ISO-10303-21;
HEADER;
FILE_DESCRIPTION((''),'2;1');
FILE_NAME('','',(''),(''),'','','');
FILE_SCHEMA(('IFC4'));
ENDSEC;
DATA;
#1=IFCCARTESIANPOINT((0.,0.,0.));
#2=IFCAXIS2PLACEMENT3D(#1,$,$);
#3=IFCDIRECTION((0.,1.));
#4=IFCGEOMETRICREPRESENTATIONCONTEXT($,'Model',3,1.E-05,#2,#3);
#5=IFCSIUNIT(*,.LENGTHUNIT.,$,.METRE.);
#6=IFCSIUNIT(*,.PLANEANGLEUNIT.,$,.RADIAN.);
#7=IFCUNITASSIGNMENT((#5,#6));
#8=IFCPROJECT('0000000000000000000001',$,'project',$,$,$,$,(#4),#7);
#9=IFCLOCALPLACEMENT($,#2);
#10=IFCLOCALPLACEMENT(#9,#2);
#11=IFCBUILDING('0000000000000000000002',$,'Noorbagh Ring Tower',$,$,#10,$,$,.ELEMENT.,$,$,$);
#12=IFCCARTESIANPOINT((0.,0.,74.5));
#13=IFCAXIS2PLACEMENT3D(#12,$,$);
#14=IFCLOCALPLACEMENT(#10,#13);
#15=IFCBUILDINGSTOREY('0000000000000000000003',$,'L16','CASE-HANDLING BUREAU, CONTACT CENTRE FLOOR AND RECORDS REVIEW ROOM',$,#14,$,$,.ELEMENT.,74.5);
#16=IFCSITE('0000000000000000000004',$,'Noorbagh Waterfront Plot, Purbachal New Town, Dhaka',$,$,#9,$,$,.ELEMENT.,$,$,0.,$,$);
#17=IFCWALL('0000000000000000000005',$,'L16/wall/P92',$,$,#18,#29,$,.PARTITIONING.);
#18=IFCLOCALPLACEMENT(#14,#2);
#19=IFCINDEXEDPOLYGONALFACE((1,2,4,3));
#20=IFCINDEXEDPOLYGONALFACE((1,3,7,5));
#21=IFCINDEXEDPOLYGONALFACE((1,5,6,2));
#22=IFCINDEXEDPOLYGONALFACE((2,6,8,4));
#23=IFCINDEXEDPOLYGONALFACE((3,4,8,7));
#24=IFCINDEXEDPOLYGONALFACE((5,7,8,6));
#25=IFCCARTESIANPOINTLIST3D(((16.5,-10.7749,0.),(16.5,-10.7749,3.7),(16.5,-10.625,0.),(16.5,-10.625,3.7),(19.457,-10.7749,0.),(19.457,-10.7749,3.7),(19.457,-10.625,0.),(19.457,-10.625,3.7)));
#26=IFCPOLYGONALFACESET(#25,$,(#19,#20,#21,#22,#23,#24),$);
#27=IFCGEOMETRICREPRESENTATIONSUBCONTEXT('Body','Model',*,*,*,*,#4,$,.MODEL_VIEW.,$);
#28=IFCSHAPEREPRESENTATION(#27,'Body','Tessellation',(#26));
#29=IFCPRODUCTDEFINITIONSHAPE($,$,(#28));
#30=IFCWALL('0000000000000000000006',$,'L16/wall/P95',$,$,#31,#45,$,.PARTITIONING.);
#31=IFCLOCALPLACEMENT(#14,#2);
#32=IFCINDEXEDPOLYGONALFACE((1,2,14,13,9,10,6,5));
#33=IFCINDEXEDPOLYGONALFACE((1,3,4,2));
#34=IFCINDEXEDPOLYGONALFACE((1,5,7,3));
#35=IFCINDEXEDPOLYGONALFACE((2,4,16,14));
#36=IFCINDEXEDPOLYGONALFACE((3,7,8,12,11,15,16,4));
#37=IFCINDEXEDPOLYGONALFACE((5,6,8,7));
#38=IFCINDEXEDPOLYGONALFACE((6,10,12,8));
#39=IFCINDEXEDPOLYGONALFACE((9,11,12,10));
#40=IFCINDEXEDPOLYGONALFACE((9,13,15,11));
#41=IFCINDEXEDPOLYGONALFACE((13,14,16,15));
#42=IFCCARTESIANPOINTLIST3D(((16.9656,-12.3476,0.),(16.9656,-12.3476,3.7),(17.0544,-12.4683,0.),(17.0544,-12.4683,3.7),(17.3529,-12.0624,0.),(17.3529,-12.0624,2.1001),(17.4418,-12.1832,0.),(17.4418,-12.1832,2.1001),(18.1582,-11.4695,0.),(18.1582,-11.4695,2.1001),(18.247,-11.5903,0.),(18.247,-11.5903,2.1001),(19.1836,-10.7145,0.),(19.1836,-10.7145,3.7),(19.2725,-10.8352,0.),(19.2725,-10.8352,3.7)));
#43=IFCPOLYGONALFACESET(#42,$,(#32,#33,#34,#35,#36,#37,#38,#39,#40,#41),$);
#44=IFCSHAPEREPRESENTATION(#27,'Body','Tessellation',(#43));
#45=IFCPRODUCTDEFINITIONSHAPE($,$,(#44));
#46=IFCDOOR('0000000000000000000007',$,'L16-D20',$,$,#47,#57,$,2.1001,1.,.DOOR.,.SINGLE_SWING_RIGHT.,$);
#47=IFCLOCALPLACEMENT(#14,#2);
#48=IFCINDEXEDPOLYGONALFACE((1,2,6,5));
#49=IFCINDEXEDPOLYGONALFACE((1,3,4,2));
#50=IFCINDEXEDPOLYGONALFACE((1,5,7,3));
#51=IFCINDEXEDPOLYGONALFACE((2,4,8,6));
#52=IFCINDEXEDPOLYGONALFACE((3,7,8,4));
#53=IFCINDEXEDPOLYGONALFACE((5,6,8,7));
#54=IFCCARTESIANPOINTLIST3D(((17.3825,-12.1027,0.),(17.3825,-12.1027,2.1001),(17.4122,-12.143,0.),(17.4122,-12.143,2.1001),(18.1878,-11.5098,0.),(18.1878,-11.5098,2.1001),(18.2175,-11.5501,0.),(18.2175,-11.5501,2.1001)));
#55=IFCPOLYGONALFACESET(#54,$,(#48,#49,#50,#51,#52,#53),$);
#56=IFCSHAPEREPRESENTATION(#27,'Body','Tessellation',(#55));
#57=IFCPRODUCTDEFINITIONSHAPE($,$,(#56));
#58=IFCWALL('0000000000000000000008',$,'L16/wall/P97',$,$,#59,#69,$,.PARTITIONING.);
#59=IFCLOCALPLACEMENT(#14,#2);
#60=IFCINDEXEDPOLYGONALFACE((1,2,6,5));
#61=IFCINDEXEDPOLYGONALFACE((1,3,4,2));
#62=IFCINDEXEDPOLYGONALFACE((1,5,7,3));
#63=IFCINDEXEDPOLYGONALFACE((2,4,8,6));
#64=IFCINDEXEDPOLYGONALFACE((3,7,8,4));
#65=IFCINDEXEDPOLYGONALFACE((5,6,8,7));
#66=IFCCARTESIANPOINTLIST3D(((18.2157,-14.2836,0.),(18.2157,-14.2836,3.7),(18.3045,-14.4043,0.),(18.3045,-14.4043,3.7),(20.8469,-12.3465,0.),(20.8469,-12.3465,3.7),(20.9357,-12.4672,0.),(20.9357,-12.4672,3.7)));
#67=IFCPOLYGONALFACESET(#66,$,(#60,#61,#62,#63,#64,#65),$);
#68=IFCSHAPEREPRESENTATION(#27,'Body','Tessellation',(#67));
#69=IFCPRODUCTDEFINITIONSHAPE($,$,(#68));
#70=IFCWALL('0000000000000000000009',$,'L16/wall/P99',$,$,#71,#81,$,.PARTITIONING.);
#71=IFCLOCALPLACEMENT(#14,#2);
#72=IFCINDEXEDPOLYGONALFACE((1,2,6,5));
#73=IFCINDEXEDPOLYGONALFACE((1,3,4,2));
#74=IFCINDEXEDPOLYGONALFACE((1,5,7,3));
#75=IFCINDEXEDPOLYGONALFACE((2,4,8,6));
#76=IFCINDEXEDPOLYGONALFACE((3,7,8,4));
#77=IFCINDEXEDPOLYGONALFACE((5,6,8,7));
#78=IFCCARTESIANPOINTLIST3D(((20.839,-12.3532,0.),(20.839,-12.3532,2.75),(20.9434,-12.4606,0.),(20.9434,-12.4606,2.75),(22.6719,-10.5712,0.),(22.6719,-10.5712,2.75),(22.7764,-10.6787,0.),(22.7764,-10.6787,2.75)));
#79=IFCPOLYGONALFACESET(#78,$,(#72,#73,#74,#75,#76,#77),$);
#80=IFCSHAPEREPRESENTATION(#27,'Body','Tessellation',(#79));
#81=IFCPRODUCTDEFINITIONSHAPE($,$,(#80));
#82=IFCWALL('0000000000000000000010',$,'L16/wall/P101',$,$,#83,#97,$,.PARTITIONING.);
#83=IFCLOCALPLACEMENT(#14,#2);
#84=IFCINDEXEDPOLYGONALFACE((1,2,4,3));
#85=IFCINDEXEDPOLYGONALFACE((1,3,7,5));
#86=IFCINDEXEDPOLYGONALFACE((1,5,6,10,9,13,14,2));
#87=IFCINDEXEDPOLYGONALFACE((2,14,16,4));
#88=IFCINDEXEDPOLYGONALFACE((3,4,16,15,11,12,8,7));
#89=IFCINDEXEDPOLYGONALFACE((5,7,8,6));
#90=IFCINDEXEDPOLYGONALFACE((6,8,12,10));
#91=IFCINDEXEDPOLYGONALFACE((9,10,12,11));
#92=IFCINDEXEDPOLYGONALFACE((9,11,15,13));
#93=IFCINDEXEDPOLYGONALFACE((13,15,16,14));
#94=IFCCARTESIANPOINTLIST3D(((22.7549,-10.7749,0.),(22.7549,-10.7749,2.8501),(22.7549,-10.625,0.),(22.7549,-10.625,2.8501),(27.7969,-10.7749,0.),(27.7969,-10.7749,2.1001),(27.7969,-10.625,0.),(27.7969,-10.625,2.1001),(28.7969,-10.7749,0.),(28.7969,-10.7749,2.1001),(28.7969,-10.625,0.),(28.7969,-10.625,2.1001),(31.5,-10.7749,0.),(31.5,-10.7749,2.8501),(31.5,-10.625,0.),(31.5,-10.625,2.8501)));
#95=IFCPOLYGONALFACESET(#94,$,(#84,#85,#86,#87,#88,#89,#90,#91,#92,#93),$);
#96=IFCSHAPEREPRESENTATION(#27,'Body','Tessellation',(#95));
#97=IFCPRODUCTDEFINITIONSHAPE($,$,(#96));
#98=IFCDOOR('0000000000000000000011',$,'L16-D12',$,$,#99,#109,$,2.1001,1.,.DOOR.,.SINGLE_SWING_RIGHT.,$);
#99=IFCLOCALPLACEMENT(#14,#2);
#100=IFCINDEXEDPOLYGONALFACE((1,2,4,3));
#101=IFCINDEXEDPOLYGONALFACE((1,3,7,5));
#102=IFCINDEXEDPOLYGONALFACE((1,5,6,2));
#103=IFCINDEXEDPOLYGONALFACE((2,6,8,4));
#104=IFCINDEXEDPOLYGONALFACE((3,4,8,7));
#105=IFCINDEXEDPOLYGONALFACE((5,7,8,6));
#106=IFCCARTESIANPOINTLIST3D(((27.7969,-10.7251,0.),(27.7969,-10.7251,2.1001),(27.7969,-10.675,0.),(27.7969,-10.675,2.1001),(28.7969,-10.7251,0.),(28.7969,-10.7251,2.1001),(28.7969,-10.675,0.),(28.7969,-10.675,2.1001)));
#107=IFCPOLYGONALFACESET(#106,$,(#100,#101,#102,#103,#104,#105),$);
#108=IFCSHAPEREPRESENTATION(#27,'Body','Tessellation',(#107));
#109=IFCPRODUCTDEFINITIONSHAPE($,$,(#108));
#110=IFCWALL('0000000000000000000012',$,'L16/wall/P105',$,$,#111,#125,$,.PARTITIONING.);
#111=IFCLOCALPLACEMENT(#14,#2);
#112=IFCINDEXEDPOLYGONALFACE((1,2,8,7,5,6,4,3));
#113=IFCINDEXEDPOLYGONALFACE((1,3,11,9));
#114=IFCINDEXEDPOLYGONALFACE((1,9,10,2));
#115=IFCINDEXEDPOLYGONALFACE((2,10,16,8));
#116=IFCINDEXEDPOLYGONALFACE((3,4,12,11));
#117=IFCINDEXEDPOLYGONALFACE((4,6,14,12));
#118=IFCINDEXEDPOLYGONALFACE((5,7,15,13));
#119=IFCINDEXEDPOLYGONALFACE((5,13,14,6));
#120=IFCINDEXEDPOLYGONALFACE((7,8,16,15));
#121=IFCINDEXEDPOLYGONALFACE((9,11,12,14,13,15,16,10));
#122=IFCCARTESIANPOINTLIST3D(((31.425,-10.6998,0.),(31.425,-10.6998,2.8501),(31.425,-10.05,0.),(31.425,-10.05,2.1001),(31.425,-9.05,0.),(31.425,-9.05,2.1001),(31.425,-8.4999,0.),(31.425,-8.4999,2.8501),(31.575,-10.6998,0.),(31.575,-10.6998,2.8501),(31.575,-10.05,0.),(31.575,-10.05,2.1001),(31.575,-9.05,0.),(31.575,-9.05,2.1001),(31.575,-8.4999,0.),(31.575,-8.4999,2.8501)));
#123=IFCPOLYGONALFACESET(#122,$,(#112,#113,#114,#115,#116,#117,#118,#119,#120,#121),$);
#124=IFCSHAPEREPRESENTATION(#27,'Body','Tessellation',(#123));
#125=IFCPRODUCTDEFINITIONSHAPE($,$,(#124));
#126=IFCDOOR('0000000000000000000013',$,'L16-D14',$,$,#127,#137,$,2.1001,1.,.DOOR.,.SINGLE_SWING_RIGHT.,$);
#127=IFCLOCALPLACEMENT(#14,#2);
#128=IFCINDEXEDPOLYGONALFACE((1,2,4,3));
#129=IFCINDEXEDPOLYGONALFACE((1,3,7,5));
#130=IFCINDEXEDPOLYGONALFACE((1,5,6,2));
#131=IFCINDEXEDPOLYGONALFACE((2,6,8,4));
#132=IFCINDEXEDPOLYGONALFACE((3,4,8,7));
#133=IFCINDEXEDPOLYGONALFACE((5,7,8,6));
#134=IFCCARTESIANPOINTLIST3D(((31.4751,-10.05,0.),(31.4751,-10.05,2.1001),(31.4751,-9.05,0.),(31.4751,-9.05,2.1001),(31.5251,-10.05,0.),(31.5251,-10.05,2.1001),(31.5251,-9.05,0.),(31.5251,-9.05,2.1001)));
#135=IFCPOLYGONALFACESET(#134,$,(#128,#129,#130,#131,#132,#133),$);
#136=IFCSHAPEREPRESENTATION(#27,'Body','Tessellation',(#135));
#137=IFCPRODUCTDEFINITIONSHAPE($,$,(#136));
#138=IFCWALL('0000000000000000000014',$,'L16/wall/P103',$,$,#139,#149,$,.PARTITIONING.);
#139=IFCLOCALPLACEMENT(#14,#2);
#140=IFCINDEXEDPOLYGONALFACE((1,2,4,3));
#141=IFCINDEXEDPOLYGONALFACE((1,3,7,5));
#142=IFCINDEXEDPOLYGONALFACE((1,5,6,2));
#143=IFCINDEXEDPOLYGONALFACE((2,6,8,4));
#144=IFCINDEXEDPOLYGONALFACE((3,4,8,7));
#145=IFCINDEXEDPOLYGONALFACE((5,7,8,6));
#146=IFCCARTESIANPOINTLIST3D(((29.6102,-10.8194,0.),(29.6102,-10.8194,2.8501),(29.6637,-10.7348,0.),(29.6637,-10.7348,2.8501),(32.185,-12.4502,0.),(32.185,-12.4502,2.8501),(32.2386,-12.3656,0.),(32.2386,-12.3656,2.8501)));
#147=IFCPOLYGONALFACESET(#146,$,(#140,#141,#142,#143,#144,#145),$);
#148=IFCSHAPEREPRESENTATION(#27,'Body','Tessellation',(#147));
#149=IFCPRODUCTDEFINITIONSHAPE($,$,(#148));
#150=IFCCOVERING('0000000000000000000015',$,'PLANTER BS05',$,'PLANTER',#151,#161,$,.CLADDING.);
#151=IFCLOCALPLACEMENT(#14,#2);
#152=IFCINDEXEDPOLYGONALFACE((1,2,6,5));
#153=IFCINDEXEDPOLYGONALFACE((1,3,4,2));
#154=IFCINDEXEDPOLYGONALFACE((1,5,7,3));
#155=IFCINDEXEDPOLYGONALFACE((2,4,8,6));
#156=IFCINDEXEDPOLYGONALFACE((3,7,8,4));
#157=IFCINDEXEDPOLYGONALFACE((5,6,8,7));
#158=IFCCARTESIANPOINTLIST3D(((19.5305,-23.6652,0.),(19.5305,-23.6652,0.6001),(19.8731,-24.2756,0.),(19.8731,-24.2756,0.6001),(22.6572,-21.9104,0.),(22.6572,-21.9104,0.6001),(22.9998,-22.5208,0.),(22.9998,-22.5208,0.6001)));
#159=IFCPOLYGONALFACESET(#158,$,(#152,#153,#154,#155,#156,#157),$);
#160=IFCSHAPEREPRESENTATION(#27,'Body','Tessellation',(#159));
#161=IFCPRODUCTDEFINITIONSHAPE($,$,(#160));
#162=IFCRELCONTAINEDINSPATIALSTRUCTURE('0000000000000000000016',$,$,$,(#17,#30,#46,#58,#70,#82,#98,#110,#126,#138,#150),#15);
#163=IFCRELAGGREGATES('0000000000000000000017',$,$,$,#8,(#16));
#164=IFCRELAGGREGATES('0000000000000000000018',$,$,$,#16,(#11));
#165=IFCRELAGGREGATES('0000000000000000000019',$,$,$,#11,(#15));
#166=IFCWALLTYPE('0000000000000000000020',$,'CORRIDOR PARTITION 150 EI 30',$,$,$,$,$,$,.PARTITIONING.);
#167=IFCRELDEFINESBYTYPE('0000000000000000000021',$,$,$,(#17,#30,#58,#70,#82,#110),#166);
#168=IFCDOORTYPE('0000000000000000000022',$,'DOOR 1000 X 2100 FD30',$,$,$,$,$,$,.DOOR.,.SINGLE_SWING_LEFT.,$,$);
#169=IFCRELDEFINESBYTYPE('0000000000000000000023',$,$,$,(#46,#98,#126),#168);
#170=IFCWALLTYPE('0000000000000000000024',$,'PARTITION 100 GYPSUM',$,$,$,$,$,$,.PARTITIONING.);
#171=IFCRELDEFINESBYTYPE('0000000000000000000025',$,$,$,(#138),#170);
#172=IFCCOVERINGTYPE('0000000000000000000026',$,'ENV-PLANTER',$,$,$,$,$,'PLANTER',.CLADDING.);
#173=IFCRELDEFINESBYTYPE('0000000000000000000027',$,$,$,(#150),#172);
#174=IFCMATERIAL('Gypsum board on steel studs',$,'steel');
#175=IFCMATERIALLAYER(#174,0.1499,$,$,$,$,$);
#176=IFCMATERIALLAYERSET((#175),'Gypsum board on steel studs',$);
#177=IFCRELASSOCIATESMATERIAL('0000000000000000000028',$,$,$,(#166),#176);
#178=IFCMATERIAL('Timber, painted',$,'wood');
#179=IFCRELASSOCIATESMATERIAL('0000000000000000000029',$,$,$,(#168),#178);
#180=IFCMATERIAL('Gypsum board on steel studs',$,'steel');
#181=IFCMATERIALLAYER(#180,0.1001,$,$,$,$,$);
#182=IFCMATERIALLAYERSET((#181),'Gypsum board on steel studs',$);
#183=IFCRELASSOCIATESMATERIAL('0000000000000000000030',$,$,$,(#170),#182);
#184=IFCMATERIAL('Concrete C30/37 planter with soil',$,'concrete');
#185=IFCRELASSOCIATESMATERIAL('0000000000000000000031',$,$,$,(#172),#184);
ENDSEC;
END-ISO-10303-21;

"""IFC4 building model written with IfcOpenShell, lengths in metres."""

from ifc_helpers import new_model, si_unit, direction, frame, frame_2d, origin, origin_2d, place, context, subcontext, project, spatial, rectangle, extrude, material, layer, layer_set, type_object, element, fill, save


model = new_model("IFC4")

# Units and contexts
model_context = context("Model", 3, precision=1e-05, world=origin(), true_north=direction((0.0, 1.0)))
body_context = subcontext(model_context, "Body", "Model", "MODEL_VIEW")
ifc_project = project(units=[si_unit("LENGTHUNIT", "METRE"), si_unit("PLANEANGLEUNIT", "RADIAN")], contexts=[model_context])

# Site, building, storey
site_placement = place(None, origin())
site = spatial("IfcSite", under=ifc_project, at=site_placement, Name="Noorbagh Waterfront Plot, Purbachal New Town, Dhaka", CompositionType="ELEMENT", RefElevation=0.0)
building_placement = place(site_placement, origin())
building = spatial("IfcBuilding", under=site, at=building_placement, Name="Noorbagh Ring Tower", CompositionType="ELEMENT")
storey_placement = place(building_placement, frame((0.0, 0.0, 74.5)))
storey = spatial("IfcBuildingStorey", under=building, at=storey_placement, Name="L16", Description="CASE-HANDLING BUREAU, CONTACT CENTRE FLOOR AND RECORDS REVIEW ROOM", CompositionType="ELEMENT", Elevation=74.5)

# Wall
ifc_material_1 = material(Name="Gypsum board on steel studs", Category="steel")
ifc_layer_1 = layer(ifc_material_1, 0.1499)
ifc_layer_set_1 = layer_set([ifc_layer_1], Name="Gypsum board on steel studs")
wall_type_1 = type_object("IfcWallType", Name="CORRIDOR PARTITION 150 EI 30", PredefinedType="PARTITIONING", material=ifc_layer_set_1)
wall_1_placement = place(storey_placement, frame((16.5, -10.7, 0.0), z_axis=(0.0, 0.0, 1.0), x_axis=(1.0, 0.0, 0.0)))
element("IfcWall", 1, at=wall_1_placement, inside=storey, type_object=wall_type_1, Name="L16/wall/P92", PredefinedType="PARTITIONING", context=body_context, shape_type="SweptSolid", body=[
    extrude(rectangle(XDim=2.957, YDim=0.1499, at=frame_2d((1.4785, 0.0))), origin(), (0.0, 0.0, 1.0), 3.7),
])

# Wall, opening, door
wall_2_placement = place(storey_placement, frame((17.01, -12.408, 0.0), z_axis=(0.0, 0.0, 1.0), x_axis=(0.805276, 0.5929, 0.0)))
wall_2 = element("IfcWall", 2, at=wall_2_placement, inside=storey, type_object=wall_type_1, Name="L16/wall/P95", PredefinedType="PARTITIONING", context=body_context, shape_type="SweptSolid", body=[
    extrude(rectangle(XDim=2.7544, YDim=0.1499, at=frame_2d((1.3772, 0.0))), origin(), (0.0, 0.0, 1.0), 3.7),
])
opening_1_placement = place(wall_2_placement, frame((0.481, 0.0, 0.0)))
opening_1 = element("IfcOpeningElement", 3, at=opening_1_placement, cuts=wall_2, PredefinedType="OPENING", context=body_context, shape_type="SweptSolid", body=[
    extrude(rectangle(XDim=1.0, YDim=2.1001, at=frame_2d((0.5, 1.05))), frame((0.0, 0.085, 0.0), z_axis=(0.0, -1.0, 0.0), x_axis=(1.0, 0.0, 0.0)), (0.0, 0.0, 1.0), 0.1699),
])
ifc_material_2 = material(Name="Timber, painted", Category="wood")
door_type = type_object("IfcDoorType", Name="DOOR 1000 X 2100 FD30", OperationType="SINGLE_SWING_LEFT", PredefinedType="DOOR", material=ifc_material_2)
door_1_placement = place(opening_1_placement, origin())
door_1 = element("IfcDoor", 4, at=door_1_placement, inside=storey, type_object=door_type, Name="L16-D20", OperationType="SINGLE_SWING_RIGHT", OverallHeight=2.1001, OverallWidth=1.0, PredefinedType="DOOR", context=body_context, shape_type="SweptSolid", body=[
    extrude(rectangle(XDim=1.0, YDim=2.1001, at=frame_2d((0.5, 1.05))), frame((0.0, 0.0249, 0.0), z_axis=(0.0, -1.0, 0.0), x_axis=(1.0, 0.0, 0.0)), (0.0, 0.0, 1.0), 0.05),
])
fill(opening_1, door_1)

# Walls
wall_3_placement = place(storey_placement, frame((18.26, -14.344, 0.0), z_axis=(0.0, 0.0, 1.0), x_axis=(0.805304, 0.592863, 0.0)))
element("IfcWall", 5, at=wall_3_placement, inside=storey, type_object=wall_type_1, Name="L16/wall/P97", PredefinedType="PARTITIONING", context=body_context, shape_type="SweptSolid", body=[
    extrude(rectangle(XDim=3.2673, YDim=0.1499, at=frame_2d((1.6338, 0.0))), origin(), (0.0, 0.0, 1.0), 3.7),
])
wall_4_placement = place(storey_placement, frame((20.8911, -12.407, 0.0), z_axis=(0.0, 0.0, 1.0), x_axis=(0.717016, 0.697057, 0.0)))
element("IfcWall", 6, at=wall_4_placement, inside=storey, type_object=wall_type_1, Name="L16/wall/P99", PredefinedType="PARTITIONING", context=body_context, shape_type="SweptSolid", body=[
    extrude(rectangle(XDim=2.5564, YDim=0.1499, at=frame_2d((1.2783, 0.0))), origin(), (0.0, 0.0, 1.0), 2.75),
])

# Walls, openings, doors
wall_5_placement = place(storey_placement, frame((22.7549, -10.7, 0.0), z_axis=(0.0, 0.0, 1.0), x_axis=(1.0, 0.0, 0.0)))
wall_5 = element("IfcWall", 7, at=wall_5_placement, inside=storey, type_object=wall_type_1, Name="L16/wall/P101", PredefinedType="PARTITIONING", context=body_context, shape_type="SweptSolid", body=[
    extrude(rectangle(XDim=8.7451, YDim=0.1499, at=frame_2d((4.3726, 0.0))), origin(), (0.0, 0.0, 1.0), 2.8501),
])
opening_2_placement = place(wall_5_placement, frame((5.042, 0.0, 0.0)))
opening_2 = element("IfcOpeningElement", 8, at=opening_2_placement, cuts=wall_5, PredefinedType="OPENING", context=body_context, shape_type="SweptSolid", body=[
    extrude(rectangle(XDim=1.0, YDim=2.1001, at=frame_2d((0.5, 1.05))), frame((0.0, 0.085, 0.0), z_axis=(0.0, -1.0, 0.0), x_axis=(1.0, 0.0, 0.0)), (0.0, 0.0, 1.0), 0.1699),
])
door_2_placement = place(opening_2_placement, origin())
door_2 = element("IfcDoor", 9, at=door_2_placement, inside=storey, type_object=door_type, Name="L16-D12", OperationType="SINGLE_SWING_RIGHT", OverallHeight=2.1001, OverallWidth=1.0, PredefinedType="DOOR", context=body_context, shape_type="SweptSolid", body=[
    extrude(rectangle(XDim=1.0, YDim=2.1001, at=frame_2d((0.5, 1.05))), frame((0.0, 0.0249, 0.0), z_axis=(0.0, -1.0, 0.0), x_axis=(1.0, 0.0, 0.0)), (0.0, 0.0, 1.0), 0.05),
])
fill(opening_2, door_2)
wall_6_placement = place(storey_placement, frame((31.5, -10.7, 0.0), z_axis=(0.0, 0.0, 1.0), x_axis=(0.0, 1.0, 0.0)))
wall_6 = element("IfcWall", 10, at=wall_6_placement, inside=storey, type_object=wall_type_1, Name="L16/wall/P105", PredefinedType="PARTITIONING", context=body_context, shape_type="SweptSolid", body=[
    extrude(rectangle(XDim=2.2, YDim=0.1499, at=frame_2d((1.1001, 0.0))), origin(), (0.0, 0.0, 1.0), 2.8501),
])
opening_3_placement = place(wall_6_placement, frame((0.6499, 0.0, 0.0)))
opening_3 = element("IfcOpeningElement", 11, at=opening_3_placement, cuts=wall_6, PredefinedType="OPENING", context=body_context, shape_type="SweptSolid", body=[
    extrude(rectangle(XDim=1.0, YDim=2.1001, at=frame_2d((0.5, 1.05))), frame((0.0, 0.085, 0.0), z_axis=(0.0, -1.0, 0.0), x_axis=(1.0, 0.0, 0.0)), (0.0, 0.0, 1.0), 0.1699),
])
door_3_placement = place(opening_3_placement, origin())
door_3 = element("IfcDoor", 12, at=door_3_placement, inside=storey, type_object=door_type, Name="L16-D14", OperationType="SINGLE_SWING_RIGHT", OverallHeight=2.1001, OverallWidth=1.0, PredefinedType="DOOR", context=body_context, shape_type="SweptSolid", body=[
    extrude(rectangle(XDim=1.0, YDim=2.1001, at=frame_2d((0.5, 1.05))), frame((0.0, 0.0249, 0.0), z_axis=(0.0, -1.0, 0.0), x_axis=(1.0, 0.0, 0.0)), (0.0, 0.0, 1.0), 0.05),
])
fill(opening_3, door_3)

# Wall
ifc_material_3 = material(Name="Gypsum board on steel studs", Category="steel")
ifc_layer_2 = layer(ifc_material_3, 0.1001)
ifc_layer_set_2 = layer_set([ifc_layer_2], Name="Gypsum board on steel studs")
wall_type_2 = type_object("IfcWallType", Name="PARTITION 100 GYPSUM", PredefinedType="PARTITIONING", material=ifc_layer_set_2)
wall_7_placement = place(storey_placement, frame((29.637, -10.7771, 0.0), z_axis=(0.0, 0.0, 1.0), x_axis=(0.844811, -0.535065, 0.0)))
element("IfcWall", 13, at=wall_7_placement, inside=storey, type_object=wall_type_2, Name="L16/wall/P103", PredefinedType="PARTITIONING", context=body_context, shape_type="SweptSolid", body=[
    extrude(rectangle(XDim=3.0479, YDim=0.1001, at=frame_2d((1.5239, 0.0))), origin(), (0.0, 0.0, 1.0), 2.8501),
])

# Covering
ifc_material_4 = material(Name="Concrete C30/37 planter with soil", Category="concrete")
covering_type = type_object("IfcCoveringType", Name="ENV-PLANTER", ElementType="PLANTER", PredefinedType="CLADDING", material=ifc_material_4)
covering_placement = place(storey_placement, frame((21.2651, -23.093, 0.0), z_axis=(0.0, 0.0, 1.0), x_axis=(0.872045, 0.489426, 0.0)))
element("IfcCovering", 14, at=covering_placement, inside=storey, type_object=covering_type, Name="PLANTER BS05", ObjectType="PLANTER", PredefinedType="CLADDING", context=body_context, shape_type="SweptSolid", body=[
    extrude(rectangle(XDim=3.5854, YDim=0.7, at=origin_2d()), origin(), (0.0, 0.0, 1.0), 0.6001),
])

save(model, "model.ifc")
